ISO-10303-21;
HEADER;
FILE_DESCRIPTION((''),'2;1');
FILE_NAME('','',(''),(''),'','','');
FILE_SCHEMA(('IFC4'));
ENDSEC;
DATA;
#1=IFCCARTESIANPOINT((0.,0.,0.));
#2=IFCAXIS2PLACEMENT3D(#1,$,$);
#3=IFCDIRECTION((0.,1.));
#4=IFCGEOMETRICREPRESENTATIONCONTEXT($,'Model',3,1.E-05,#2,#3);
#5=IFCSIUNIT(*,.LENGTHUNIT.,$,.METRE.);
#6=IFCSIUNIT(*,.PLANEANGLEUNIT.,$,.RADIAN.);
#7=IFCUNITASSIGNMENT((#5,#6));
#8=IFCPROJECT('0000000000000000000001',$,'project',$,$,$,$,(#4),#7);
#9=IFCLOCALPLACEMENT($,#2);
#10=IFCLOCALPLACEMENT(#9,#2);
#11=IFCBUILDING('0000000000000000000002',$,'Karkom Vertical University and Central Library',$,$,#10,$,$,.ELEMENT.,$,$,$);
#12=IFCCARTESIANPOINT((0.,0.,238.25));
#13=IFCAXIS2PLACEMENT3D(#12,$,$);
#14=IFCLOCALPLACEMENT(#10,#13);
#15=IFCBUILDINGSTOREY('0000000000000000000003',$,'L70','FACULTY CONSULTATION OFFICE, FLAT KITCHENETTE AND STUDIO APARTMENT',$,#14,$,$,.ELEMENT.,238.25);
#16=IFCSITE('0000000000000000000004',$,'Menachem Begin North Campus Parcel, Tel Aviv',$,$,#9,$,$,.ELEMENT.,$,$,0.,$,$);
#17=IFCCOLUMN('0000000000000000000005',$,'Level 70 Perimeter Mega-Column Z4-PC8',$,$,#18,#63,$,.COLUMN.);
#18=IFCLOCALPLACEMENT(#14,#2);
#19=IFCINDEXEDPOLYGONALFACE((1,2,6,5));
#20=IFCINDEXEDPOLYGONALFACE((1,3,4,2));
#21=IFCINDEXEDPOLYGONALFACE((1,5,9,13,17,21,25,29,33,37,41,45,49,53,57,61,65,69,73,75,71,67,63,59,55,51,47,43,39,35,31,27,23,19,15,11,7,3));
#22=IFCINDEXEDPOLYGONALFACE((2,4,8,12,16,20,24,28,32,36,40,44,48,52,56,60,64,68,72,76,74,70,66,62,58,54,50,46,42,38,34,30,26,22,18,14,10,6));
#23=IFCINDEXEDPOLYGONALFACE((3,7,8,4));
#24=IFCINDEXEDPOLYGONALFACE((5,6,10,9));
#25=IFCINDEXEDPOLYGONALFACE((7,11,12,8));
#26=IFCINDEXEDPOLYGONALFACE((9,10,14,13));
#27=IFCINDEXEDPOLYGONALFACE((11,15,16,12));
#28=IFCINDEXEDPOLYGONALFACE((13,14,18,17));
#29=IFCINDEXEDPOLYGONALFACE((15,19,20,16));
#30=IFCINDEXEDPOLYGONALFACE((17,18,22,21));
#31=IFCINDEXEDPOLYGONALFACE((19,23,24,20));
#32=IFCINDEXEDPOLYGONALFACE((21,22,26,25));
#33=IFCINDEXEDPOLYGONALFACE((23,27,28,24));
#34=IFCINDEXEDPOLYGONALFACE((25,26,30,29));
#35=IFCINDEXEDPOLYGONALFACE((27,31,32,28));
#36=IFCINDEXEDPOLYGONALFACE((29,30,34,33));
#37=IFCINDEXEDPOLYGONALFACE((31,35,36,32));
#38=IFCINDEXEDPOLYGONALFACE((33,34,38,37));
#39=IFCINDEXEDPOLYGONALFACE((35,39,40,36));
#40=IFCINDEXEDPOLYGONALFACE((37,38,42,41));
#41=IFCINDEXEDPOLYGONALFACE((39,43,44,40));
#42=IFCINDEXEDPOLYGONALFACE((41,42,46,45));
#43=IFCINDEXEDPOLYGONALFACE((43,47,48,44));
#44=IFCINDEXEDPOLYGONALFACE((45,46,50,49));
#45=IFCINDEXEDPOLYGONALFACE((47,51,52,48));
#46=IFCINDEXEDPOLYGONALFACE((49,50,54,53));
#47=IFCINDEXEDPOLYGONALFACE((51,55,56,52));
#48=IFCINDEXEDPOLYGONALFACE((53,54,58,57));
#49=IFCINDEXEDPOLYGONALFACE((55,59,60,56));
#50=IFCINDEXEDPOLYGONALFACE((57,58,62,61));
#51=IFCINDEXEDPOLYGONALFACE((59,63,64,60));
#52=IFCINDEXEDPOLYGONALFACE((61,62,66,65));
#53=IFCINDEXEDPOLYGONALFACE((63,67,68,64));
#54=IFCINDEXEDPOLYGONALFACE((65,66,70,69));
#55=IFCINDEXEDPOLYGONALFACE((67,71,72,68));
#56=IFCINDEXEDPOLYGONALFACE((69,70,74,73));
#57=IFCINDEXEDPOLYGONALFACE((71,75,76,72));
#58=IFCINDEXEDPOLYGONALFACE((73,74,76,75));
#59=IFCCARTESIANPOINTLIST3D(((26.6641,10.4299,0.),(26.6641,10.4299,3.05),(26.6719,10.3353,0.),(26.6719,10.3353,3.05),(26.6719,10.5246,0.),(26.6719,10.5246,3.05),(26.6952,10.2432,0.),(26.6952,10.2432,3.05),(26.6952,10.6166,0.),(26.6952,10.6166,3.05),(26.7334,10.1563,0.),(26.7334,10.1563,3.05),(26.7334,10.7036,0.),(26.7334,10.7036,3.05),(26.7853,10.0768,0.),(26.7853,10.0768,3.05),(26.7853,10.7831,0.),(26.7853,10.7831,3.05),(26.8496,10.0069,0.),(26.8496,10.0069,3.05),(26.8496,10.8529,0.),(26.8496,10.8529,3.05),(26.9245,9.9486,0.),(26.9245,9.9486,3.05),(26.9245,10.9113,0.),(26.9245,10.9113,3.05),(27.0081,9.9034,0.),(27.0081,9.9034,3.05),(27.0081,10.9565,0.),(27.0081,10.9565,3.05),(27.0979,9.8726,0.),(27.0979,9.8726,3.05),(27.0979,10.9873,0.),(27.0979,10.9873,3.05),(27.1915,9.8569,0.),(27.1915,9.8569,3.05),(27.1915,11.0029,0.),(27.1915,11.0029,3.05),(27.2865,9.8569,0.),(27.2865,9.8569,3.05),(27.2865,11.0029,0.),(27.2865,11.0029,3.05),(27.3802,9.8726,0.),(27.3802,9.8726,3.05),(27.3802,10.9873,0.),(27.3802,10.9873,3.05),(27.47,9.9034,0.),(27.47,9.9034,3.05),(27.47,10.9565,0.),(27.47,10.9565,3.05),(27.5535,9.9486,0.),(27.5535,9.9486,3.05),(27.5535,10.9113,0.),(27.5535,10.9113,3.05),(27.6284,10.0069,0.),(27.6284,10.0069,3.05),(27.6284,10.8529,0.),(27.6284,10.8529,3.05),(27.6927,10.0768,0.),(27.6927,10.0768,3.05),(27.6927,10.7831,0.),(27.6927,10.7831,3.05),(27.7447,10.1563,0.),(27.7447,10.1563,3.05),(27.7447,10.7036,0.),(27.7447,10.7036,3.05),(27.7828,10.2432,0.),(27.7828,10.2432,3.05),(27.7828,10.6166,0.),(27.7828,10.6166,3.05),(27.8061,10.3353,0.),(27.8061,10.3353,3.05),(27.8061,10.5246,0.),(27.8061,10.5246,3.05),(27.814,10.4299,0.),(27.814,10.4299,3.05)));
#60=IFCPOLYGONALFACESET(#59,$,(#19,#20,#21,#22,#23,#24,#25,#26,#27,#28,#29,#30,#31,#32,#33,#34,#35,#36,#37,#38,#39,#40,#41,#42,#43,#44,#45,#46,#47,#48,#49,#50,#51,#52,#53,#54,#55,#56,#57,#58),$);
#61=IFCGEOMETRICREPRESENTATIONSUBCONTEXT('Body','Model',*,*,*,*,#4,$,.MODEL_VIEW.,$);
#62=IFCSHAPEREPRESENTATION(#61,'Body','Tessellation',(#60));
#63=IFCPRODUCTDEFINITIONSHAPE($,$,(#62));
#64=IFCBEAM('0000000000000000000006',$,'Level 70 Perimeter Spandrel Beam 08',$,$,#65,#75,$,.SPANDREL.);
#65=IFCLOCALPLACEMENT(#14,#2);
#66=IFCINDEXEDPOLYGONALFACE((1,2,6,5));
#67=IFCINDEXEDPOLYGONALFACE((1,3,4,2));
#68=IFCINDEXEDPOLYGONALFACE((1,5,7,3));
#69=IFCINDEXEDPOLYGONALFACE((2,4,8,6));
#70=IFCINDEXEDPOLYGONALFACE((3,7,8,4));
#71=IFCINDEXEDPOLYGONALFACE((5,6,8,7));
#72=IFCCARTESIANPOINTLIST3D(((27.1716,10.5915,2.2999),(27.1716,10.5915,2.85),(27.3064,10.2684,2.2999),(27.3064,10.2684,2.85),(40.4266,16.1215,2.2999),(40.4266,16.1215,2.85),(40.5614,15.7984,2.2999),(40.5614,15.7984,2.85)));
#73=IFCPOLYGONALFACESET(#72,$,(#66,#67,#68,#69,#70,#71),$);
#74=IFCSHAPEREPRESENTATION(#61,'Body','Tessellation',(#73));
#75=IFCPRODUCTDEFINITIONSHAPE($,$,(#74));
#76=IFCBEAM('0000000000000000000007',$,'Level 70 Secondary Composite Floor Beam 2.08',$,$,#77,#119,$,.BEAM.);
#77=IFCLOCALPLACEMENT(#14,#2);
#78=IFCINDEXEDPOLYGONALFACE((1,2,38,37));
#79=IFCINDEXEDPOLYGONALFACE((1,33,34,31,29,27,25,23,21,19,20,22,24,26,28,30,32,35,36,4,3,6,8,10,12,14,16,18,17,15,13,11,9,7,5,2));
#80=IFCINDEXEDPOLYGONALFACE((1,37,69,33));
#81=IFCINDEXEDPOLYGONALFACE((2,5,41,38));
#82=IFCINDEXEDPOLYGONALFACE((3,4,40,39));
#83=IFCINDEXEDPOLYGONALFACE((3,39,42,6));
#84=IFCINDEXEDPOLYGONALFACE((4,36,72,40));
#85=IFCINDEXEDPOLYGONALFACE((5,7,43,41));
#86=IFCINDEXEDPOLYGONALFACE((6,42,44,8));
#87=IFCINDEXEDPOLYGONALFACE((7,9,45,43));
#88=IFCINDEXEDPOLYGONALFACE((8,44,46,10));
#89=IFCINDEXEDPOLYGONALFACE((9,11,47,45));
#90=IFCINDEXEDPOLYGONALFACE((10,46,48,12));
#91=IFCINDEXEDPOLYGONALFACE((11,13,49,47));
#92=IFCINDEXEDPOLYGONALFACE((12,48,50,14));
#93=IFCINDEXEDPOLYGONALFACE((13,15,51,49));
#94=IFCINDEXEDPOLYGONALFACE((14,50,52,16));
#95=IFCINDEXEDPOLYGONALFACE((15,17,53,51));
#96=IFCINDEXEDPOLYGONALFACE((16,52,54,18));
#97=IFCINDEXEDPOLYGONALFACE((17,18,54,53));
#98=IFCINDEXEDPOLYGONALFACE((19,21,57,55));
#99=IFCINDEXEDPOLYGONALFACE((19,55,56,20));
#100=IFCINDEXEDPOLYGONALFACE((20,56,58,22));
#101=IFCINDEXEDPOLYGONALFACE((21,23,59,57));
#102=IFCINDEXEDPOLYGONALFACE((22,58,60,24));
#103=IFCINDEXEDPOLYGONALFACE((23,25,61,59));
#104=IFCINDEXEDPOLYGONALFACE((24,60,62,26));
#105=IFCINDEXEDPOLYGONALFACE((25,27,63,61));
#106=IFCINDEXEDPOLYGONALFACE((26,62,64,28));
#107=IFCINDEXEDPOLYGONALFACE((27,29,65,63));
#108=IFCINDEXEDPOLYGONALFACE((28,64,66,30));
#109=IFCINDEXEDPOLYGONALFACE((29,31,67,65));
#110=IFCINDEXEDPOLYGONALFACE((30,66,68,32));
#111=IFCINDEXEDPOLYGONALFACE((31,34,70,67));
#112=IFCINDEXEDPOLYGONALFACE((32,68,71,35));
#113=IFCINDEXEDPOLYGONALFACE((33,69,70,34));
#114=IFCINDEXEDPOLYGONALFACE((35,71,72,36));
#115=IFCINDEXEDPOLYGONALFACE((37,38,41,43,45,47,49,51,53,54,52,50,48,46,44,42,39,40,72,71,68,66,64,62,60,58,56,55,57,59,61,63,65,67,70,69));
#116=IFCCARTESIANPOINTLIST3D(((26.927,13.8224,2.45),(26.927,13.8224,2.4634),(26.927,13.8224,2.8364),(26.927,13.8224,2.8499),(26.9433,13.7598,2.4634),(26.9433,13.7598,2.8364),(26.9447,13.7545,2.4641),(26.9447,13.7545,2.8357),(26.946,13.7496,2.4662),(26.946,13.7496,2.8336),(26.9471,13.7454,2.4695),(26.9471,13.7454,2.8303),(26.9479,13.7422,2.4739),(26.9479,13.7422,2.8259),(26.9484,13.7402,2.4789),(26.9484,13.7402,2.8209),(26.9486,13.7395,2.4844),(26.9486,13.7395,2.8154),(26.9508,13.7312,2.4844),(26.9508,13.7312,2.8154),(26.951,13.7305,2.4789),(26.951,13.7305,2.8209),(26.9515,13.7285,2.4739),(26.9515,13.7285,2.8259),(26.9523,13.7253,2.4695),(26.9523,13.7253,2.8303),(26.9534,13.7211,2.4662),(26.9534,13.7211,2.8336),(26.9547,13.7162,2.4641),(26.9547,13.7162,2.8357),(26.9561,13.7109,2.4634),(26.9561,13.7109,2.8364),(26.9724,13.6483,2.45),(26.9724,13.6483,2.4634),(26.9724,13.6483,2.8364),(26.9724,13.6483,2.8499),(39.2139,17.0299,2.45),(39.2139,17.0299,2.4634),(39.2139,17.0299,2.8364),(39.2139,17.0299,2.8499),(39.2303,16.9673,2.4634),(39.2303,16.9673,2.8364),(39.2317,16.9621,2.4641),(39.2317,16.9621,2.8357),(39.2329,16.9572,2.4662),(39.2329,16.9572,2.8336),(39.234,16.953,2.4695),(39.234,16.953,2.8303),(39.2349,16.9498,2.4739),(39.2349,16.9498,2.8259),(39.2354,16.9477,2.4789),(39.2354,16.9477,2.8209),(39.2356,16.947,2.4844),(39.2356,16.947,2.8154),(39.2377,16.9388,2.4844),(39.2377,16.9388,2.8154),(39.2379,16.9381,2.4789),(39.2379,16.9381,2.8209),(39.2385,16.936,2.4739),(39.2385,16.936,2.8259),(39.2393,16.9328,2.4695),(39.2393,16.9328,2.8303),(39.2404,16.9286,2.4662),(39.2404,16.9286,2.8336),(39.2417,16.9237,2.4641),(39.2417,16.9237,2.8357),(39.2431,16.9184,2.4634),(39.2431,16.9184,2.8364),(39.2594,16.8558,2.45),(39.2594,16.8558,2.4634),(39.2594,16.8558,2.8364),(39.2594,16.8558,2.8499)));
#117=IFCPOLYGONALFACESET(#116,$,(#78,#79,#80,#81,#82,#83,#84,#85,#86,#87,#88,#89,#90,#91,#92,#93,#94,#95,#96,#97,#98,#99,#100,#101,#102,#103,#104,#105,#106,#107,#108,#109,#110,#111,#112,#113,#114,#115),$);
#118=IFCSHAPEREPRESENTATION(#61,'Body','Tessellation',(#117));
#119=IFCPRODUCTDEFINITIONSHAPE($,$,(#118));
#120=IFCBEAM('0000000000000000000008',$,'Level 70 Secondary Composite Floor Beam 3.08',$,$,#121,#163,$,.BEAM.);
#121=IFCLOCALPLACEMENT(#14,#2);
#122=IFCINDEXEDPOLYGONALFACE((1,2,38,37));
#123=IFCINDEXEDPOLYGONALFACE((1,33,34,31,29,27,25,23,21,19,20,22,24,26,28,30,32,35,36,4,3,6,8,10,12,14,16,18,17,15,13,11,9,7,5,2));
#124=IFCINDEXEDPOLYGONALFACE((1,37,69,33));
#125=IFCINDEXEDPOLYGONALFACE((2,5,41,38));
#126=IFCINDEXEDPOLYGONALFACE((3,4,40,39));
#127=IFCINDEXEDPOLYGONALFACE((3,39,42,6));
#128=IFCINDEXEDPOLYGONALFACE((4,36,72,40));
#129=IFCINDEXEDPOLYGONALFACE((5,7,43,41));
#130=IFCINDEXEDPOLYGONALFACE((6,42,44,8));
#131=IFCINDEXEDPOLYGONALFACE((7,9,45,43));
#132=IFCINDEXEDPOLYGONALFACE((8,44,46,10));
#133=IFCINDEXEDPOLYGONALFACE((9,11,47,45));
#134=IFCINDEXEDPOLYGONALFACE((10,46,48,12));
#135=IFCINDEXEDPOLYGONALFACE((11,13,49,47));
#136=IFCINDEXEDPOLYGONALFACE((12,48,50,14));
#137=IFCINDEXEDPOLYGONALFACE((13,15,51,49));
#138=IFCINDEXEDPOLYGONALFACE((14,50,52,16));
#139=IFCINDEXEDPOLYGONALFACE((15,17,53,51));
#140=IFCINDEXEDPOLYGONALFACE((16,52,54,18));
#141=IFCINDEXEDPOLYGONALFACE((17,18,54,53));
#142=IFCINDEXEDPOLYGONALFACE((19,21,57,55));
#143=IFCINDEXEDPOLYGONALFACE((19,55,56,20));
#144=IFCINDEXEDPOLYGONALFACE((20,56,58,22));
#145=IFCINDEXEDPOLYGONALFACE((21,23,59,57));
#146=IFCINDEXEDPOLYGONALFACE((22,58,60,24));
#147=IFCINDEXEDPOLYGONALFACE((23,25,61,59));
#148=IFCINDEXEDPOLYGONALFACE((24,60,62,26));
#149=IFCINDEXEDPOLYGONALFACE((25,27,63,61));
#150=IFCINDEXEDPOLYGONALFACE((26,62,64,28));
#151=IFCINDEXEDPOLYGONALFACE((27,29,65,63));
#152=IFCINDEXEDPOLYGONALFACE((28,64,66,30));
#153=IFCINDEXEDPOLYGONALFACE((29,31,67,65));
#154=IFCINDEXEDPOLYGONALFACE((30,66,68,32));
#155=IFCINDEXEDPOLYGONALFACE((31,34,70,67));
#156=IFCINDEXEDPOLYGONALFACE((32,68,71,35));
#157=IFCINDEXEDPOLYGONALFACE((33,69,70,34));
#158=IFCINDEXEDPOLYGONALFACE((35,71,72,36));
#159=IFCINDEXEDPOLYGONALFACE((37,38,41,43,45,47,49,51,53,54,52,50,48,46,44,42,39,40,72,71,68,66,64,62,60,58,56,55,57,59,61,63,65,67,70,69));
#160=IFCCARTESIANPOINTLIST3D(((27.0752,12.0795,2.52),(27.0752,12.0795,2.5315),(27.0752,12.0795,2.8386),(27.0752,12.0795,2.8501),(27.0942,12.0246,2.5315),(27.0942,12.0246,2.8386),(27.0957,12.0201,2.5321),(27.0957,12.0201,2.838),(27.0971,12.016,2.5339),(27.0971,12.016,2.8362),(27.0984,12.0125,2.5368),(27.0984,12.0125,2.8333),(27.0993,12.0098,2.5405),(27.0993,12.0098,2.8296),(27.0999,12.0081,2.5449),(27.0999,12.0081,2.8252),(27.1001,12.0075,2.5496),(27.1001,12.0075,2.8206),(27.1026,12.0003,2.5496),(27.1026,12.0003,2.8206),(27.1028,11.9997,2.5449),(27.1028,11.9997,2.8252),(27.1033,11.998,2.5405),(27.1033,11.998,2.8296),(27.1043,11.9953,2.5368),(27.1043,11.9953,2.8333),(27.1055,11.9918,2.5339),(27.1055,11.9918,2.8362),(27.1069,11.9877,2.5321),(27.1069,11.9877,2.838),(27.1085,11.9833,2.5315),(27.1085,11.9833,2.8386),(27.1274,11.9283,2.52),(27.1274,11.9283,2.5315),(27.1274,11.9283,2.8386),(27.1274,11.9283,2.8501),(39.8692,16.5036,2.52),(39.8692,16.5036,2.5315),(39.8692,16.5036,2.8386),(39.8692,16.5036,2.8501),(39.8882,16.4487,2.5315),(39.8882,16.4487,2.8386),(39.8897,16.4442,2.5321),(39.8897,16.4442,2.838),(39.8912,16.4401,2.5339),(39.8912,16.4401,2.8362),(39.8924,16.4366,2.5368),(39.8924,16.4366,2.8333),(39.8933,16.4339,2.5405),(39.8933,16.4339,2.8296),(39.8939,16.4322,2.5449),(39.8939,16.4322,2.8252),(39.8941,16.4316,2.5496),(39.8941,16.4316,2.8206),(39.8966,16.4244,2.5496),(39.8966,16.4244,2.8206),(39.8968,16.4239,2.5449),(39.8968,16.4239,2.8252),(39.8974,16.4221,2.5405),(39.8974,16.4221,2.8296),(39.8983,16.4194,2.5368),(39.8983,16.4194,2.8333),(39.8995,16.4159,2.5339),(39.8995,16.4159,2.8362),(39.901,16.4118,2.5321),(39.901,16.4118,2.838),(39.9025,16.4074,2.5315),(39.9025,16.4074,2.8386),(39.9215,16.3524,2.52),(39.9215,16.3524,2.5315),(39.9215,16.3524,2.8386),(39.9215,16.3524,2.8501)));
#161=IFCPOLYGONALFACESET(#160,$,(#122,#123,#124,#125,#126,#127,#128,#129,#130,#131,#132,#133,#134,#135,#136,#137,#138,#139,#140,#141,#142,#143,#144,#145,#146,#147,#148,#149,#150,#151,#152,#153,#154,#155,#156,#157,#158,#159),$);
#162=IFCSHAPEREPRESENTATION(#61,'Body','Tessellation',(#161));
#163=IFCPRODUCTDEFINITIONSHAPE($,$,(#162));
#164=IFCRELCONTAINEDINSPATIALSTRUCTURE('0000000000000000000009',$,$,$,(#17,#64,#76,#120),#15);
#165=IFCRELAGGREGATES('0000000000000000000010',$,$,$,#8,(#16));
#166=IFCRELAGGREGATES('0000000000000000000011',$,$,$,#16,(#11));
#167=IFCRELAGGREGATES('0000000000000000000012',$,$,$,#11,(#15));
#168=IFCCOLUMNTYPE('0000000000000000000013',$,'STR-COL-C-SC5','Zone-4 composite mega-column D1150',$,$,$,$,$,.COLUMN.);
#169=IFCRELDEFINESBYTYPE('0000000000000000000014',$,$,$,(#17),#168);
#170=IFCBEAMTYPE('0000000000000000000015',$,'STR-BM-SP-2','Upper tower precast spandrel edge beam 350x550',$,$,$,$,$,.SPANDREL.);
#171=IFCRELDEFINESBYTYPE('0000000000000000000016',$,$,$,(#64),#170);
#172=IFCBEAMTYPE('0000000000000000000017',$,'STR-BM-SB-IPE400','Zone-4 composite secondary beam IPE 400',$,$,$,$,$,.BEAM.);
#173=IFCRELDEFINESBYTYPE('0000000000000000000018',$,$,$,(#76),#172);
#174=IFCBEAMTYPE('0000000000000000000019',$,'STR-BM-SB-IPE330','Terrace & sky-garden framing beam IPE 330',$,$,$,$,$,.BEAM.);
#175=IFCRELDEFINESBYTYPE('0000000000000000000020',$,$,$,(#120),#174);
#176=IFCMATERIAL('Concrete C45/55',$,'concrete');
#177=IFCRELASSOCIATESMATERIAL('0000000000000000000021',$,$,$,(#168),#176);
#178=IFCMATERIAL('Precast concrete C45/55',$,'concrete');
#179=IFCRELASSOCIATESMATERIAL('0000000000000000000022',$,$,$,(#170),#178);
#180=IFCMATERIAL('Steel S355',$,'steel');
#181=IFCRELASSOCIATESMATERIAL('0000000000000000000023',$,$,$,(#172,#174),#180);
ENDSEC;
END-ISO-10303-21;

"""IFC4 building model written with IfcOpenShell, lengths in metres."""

from ifc_helpers import new_model, si_unit, direction, frame, origin, origin_with_axes, origin_2d, place, context, subcontext, project, spatial, rectangle, circle, i_section, extrude, source, transform, mapped, material, material_profile, profile_set, type_object, element, save


model = new_model("IFC4")

# Units and contexts
model_context = context("Model", 3, precision=1e-05, world=origin(), true_north=direction((0.0, 1.0)))
body_context = subcontext(model_context, "Body", "Model", "MODEL_VIEW")
ifc_project = project(units=[si_unit("LENGTHUNIT", "METRE"), si_unit("PLANEANGLEUNIT", "RADIAN")], contexts=[model_context])

# Site, building, storey
site_placement = place(None, origin())
site = spatial("IfcSite", under=ifc_project, at=site_placement, Name="Menachem Begin North Campus Parcel, Tel Aviv", CompositionType="ELEMENT", RefElevation=0.0)
building_placement = place(site_placement, origin())
building = spatial("IfcBuilding", under=site, at=building_placement, Name="Karkom Vertical University and Central Library", CompositionType="ELEMENT")
storey_placement = place(building_placement, frame((0.0, 0.0, 238.25)))
storey = spatial("IfcBuildingStorey", under=building, at=storey_placement, Name="L70", Description="FACULTY CONSULTATION OFFICE, FLAT KITCHENETTE AND STUDIO APARTMENT", CompositionType="ELEMENT", Elevation=238.25)

# Column
ifc_material_1 = material(Name="Concrete C45/55", Category="concrete")
ifc_material_profile_1 = material_profile(ifc_material_1, circle(Radius=0.575, at=origin_2d()), Name="CFT-D1150")
ifc_profile_set_1 = profile_set([ifc_material_profile_1], Name="Concrete C45/55")
column_type = type_object("IfcColumnType", Name="STR-COL-C-SC5", Description="Zone-4 composite mega-column D1150", PredefinedType="COLUMN", material=ifc_profile_set_1)
shared_shape_1 = source(origin_with_axes(), body_context, "Body", "SweptSolid", [
    extrude(circle(Radius=0.575, at=origin_2d()), origin(), (0.0, 0.0, 1.0), 3.05),
])
column_placement = place(storey_placement, frame((27.239, 10.4299, 0.0), z_axis=(0.0, 0.0, 1.0), x_axis=(1.0, 0.0, 0.0)))
element("IfcColumn", 1, at=column_placement, inside=storey, type_object=column_type, Name="Level 70 Perimeter Mega-Column Z4-PC8", PredefinedType="COLUMN", context=body_context, shape_type="MappedRepresentation", body=[
    mapped(shared_shape_1, transform((0.0, 0.0, 0.0), scale=1.0)),
])

# Beams
ifc_material_2 = material(Name="Precast concrete C45/55", Category="concrete")
ifc_material_profile_2 = material_profile(ifc_material_2, rectangle(XDim=0.3501, YDim=0.55, at=origin_2d()), Name="SPB-350x550")
ifc_profile_set_2 = profile_set([ifc_material_profile_2], Name="Precast concrete C45/55")
beam_type_1 = type_object("IfcBeamType", Name="STR-BM-SP-2", Description="Upper tower precast spandrel edge beam 350x550", PredefinedType="SPANDREL", material=ifc_profile_set_2)
shared_shape_2 = source(origin_with_axes(), body_context, "Body", "SweptSolid", [
    extrude(rectangle(XDim=0.3501, YDim=0.55, at=origin_2d()), origin(), (0.0, 0.0, 1.0), 14.3623),
])
beam_1_placement = place(storey_placement, frame((27.239, 10.4299, 2.575), z_axis=(0.9229, 0.38504, 0.0), x_axis=(-0.38504, 0.9229, 0.0)))
element("IfcBeam", 2, at=beam_1_placement, inside=storey, type_object=beam_type_1, Name="Level 70 Perimeter Spandrel Beam 08", PredefinedType="SPANDREL", context=body_context, shape_type="MappedRepresentation", body=[
    mapped(shared_shape_2, transform((0.0, 0.0, 0.0), scale=1.0)),
])
ifc_material_3 = material(Name="Steel S355", Category="steel")
ifc_material_profile_3 = material_profile(ifc_material_3, i_section(OverallWidth=0.1799, OverallDepth=0.3999, WebThickness=0.0085, FlangeThickness=0.0134, FilletRadius=0.021, at=origin_2d()), Name="IPE 400")
ifc_profile_set_3 = profile_set([ifc_material_profile_3], Name="Steel S355")
beam_type_2 = type_object("IfcBeamType", Name="STR-BM-SB-IPE400", Description="Zone-4 composite secondary beam IPE 400", PredefinedType="BEAM", material=ifc_profile_set_3)
shared_shape_3 = source(origin_with_axes(), body_context, "Body", "SweptSolid", [
    extrude(i_section(OverallWidth=0.1799, OverallDepth=0.3999, WebThickness=0.0085, FlangeThickness=0.0134, FilletRadius=0.021, at=origin_2d()), origin(), (0.0, 0.0, 1.0), 12.6987),
])
beam_2_placement = place(storey_placement, frame((26.9497, 13.7354, 2.6499), z_axis=(0.967574, 0.252588, 0.0), x_axis=(-0.252588, 0.967574, 0.0)))
element("IfcBeam", 3, at=beam_2_placement, inside=storey, type_object=beam_type_2, Name="Level 70 Secondary Composite Floor Beam 2.08", PredefinedType="BEAM", context=body_context, shape_type="MappedRepresentation", body=[
    mapped(shared_shape_3, transform((0.0, 0.0, 0.0), scale=1.0)),
])
ifc_material_profile_4 = material_profile(ifc_material_3, i_section(OverallWidth=0.1599, OverallDepth=0.3301, WebThickness=0.0076, FlangeThickness=0.0115, FilletRadius=0.0181, at=origin_2d()), Name="IPE 330")
ifc_profile_set_4 = profile_set([ifc_material_profile_4], Name="Steel S355")
beam_type_3 = type_object("IfcBeamType", Name="STR-BM-SB-IPE330", Description="Terrace & sky-garden framing beam IPE 330", PredefinedType="BEAM", material=ifc_profile_set_4)
shared_shape_4 = source(origin_with_axes(), body_context, "Body", "SweptSolid", [
    extrude(i_section(OverallWidth=0.1599, OverallDepth=0.3301, WebThickness=0.0076, FlangeThickness=0.0115, FilletRadius=0.0181, at=origin_2d()), origin(), (0.0, 0.0, 1.0), 13.5374),
])
beam_3_placement = place(storey_placement, frame((27.1013, 12.0039, 2.6851), z_axis=(0.945091, 0.326807, 0.0), x_axis=(-0.326807, 0.945091, 0.0)))
element("IfcBeam", 4, at=beam_3_placement, inside=storey, type_object=beam_type_3, Name="Level 70 Secondary Composite Floor Beam 3.08", PredefinedType="BEAM", context=body_context, shape_type="MappedRepresentation", body=[
    mapped(shared_shape_4, transform((0.0, 0.0, 0.0), scale=1.0)),
])

save(model, "model.ifc")
